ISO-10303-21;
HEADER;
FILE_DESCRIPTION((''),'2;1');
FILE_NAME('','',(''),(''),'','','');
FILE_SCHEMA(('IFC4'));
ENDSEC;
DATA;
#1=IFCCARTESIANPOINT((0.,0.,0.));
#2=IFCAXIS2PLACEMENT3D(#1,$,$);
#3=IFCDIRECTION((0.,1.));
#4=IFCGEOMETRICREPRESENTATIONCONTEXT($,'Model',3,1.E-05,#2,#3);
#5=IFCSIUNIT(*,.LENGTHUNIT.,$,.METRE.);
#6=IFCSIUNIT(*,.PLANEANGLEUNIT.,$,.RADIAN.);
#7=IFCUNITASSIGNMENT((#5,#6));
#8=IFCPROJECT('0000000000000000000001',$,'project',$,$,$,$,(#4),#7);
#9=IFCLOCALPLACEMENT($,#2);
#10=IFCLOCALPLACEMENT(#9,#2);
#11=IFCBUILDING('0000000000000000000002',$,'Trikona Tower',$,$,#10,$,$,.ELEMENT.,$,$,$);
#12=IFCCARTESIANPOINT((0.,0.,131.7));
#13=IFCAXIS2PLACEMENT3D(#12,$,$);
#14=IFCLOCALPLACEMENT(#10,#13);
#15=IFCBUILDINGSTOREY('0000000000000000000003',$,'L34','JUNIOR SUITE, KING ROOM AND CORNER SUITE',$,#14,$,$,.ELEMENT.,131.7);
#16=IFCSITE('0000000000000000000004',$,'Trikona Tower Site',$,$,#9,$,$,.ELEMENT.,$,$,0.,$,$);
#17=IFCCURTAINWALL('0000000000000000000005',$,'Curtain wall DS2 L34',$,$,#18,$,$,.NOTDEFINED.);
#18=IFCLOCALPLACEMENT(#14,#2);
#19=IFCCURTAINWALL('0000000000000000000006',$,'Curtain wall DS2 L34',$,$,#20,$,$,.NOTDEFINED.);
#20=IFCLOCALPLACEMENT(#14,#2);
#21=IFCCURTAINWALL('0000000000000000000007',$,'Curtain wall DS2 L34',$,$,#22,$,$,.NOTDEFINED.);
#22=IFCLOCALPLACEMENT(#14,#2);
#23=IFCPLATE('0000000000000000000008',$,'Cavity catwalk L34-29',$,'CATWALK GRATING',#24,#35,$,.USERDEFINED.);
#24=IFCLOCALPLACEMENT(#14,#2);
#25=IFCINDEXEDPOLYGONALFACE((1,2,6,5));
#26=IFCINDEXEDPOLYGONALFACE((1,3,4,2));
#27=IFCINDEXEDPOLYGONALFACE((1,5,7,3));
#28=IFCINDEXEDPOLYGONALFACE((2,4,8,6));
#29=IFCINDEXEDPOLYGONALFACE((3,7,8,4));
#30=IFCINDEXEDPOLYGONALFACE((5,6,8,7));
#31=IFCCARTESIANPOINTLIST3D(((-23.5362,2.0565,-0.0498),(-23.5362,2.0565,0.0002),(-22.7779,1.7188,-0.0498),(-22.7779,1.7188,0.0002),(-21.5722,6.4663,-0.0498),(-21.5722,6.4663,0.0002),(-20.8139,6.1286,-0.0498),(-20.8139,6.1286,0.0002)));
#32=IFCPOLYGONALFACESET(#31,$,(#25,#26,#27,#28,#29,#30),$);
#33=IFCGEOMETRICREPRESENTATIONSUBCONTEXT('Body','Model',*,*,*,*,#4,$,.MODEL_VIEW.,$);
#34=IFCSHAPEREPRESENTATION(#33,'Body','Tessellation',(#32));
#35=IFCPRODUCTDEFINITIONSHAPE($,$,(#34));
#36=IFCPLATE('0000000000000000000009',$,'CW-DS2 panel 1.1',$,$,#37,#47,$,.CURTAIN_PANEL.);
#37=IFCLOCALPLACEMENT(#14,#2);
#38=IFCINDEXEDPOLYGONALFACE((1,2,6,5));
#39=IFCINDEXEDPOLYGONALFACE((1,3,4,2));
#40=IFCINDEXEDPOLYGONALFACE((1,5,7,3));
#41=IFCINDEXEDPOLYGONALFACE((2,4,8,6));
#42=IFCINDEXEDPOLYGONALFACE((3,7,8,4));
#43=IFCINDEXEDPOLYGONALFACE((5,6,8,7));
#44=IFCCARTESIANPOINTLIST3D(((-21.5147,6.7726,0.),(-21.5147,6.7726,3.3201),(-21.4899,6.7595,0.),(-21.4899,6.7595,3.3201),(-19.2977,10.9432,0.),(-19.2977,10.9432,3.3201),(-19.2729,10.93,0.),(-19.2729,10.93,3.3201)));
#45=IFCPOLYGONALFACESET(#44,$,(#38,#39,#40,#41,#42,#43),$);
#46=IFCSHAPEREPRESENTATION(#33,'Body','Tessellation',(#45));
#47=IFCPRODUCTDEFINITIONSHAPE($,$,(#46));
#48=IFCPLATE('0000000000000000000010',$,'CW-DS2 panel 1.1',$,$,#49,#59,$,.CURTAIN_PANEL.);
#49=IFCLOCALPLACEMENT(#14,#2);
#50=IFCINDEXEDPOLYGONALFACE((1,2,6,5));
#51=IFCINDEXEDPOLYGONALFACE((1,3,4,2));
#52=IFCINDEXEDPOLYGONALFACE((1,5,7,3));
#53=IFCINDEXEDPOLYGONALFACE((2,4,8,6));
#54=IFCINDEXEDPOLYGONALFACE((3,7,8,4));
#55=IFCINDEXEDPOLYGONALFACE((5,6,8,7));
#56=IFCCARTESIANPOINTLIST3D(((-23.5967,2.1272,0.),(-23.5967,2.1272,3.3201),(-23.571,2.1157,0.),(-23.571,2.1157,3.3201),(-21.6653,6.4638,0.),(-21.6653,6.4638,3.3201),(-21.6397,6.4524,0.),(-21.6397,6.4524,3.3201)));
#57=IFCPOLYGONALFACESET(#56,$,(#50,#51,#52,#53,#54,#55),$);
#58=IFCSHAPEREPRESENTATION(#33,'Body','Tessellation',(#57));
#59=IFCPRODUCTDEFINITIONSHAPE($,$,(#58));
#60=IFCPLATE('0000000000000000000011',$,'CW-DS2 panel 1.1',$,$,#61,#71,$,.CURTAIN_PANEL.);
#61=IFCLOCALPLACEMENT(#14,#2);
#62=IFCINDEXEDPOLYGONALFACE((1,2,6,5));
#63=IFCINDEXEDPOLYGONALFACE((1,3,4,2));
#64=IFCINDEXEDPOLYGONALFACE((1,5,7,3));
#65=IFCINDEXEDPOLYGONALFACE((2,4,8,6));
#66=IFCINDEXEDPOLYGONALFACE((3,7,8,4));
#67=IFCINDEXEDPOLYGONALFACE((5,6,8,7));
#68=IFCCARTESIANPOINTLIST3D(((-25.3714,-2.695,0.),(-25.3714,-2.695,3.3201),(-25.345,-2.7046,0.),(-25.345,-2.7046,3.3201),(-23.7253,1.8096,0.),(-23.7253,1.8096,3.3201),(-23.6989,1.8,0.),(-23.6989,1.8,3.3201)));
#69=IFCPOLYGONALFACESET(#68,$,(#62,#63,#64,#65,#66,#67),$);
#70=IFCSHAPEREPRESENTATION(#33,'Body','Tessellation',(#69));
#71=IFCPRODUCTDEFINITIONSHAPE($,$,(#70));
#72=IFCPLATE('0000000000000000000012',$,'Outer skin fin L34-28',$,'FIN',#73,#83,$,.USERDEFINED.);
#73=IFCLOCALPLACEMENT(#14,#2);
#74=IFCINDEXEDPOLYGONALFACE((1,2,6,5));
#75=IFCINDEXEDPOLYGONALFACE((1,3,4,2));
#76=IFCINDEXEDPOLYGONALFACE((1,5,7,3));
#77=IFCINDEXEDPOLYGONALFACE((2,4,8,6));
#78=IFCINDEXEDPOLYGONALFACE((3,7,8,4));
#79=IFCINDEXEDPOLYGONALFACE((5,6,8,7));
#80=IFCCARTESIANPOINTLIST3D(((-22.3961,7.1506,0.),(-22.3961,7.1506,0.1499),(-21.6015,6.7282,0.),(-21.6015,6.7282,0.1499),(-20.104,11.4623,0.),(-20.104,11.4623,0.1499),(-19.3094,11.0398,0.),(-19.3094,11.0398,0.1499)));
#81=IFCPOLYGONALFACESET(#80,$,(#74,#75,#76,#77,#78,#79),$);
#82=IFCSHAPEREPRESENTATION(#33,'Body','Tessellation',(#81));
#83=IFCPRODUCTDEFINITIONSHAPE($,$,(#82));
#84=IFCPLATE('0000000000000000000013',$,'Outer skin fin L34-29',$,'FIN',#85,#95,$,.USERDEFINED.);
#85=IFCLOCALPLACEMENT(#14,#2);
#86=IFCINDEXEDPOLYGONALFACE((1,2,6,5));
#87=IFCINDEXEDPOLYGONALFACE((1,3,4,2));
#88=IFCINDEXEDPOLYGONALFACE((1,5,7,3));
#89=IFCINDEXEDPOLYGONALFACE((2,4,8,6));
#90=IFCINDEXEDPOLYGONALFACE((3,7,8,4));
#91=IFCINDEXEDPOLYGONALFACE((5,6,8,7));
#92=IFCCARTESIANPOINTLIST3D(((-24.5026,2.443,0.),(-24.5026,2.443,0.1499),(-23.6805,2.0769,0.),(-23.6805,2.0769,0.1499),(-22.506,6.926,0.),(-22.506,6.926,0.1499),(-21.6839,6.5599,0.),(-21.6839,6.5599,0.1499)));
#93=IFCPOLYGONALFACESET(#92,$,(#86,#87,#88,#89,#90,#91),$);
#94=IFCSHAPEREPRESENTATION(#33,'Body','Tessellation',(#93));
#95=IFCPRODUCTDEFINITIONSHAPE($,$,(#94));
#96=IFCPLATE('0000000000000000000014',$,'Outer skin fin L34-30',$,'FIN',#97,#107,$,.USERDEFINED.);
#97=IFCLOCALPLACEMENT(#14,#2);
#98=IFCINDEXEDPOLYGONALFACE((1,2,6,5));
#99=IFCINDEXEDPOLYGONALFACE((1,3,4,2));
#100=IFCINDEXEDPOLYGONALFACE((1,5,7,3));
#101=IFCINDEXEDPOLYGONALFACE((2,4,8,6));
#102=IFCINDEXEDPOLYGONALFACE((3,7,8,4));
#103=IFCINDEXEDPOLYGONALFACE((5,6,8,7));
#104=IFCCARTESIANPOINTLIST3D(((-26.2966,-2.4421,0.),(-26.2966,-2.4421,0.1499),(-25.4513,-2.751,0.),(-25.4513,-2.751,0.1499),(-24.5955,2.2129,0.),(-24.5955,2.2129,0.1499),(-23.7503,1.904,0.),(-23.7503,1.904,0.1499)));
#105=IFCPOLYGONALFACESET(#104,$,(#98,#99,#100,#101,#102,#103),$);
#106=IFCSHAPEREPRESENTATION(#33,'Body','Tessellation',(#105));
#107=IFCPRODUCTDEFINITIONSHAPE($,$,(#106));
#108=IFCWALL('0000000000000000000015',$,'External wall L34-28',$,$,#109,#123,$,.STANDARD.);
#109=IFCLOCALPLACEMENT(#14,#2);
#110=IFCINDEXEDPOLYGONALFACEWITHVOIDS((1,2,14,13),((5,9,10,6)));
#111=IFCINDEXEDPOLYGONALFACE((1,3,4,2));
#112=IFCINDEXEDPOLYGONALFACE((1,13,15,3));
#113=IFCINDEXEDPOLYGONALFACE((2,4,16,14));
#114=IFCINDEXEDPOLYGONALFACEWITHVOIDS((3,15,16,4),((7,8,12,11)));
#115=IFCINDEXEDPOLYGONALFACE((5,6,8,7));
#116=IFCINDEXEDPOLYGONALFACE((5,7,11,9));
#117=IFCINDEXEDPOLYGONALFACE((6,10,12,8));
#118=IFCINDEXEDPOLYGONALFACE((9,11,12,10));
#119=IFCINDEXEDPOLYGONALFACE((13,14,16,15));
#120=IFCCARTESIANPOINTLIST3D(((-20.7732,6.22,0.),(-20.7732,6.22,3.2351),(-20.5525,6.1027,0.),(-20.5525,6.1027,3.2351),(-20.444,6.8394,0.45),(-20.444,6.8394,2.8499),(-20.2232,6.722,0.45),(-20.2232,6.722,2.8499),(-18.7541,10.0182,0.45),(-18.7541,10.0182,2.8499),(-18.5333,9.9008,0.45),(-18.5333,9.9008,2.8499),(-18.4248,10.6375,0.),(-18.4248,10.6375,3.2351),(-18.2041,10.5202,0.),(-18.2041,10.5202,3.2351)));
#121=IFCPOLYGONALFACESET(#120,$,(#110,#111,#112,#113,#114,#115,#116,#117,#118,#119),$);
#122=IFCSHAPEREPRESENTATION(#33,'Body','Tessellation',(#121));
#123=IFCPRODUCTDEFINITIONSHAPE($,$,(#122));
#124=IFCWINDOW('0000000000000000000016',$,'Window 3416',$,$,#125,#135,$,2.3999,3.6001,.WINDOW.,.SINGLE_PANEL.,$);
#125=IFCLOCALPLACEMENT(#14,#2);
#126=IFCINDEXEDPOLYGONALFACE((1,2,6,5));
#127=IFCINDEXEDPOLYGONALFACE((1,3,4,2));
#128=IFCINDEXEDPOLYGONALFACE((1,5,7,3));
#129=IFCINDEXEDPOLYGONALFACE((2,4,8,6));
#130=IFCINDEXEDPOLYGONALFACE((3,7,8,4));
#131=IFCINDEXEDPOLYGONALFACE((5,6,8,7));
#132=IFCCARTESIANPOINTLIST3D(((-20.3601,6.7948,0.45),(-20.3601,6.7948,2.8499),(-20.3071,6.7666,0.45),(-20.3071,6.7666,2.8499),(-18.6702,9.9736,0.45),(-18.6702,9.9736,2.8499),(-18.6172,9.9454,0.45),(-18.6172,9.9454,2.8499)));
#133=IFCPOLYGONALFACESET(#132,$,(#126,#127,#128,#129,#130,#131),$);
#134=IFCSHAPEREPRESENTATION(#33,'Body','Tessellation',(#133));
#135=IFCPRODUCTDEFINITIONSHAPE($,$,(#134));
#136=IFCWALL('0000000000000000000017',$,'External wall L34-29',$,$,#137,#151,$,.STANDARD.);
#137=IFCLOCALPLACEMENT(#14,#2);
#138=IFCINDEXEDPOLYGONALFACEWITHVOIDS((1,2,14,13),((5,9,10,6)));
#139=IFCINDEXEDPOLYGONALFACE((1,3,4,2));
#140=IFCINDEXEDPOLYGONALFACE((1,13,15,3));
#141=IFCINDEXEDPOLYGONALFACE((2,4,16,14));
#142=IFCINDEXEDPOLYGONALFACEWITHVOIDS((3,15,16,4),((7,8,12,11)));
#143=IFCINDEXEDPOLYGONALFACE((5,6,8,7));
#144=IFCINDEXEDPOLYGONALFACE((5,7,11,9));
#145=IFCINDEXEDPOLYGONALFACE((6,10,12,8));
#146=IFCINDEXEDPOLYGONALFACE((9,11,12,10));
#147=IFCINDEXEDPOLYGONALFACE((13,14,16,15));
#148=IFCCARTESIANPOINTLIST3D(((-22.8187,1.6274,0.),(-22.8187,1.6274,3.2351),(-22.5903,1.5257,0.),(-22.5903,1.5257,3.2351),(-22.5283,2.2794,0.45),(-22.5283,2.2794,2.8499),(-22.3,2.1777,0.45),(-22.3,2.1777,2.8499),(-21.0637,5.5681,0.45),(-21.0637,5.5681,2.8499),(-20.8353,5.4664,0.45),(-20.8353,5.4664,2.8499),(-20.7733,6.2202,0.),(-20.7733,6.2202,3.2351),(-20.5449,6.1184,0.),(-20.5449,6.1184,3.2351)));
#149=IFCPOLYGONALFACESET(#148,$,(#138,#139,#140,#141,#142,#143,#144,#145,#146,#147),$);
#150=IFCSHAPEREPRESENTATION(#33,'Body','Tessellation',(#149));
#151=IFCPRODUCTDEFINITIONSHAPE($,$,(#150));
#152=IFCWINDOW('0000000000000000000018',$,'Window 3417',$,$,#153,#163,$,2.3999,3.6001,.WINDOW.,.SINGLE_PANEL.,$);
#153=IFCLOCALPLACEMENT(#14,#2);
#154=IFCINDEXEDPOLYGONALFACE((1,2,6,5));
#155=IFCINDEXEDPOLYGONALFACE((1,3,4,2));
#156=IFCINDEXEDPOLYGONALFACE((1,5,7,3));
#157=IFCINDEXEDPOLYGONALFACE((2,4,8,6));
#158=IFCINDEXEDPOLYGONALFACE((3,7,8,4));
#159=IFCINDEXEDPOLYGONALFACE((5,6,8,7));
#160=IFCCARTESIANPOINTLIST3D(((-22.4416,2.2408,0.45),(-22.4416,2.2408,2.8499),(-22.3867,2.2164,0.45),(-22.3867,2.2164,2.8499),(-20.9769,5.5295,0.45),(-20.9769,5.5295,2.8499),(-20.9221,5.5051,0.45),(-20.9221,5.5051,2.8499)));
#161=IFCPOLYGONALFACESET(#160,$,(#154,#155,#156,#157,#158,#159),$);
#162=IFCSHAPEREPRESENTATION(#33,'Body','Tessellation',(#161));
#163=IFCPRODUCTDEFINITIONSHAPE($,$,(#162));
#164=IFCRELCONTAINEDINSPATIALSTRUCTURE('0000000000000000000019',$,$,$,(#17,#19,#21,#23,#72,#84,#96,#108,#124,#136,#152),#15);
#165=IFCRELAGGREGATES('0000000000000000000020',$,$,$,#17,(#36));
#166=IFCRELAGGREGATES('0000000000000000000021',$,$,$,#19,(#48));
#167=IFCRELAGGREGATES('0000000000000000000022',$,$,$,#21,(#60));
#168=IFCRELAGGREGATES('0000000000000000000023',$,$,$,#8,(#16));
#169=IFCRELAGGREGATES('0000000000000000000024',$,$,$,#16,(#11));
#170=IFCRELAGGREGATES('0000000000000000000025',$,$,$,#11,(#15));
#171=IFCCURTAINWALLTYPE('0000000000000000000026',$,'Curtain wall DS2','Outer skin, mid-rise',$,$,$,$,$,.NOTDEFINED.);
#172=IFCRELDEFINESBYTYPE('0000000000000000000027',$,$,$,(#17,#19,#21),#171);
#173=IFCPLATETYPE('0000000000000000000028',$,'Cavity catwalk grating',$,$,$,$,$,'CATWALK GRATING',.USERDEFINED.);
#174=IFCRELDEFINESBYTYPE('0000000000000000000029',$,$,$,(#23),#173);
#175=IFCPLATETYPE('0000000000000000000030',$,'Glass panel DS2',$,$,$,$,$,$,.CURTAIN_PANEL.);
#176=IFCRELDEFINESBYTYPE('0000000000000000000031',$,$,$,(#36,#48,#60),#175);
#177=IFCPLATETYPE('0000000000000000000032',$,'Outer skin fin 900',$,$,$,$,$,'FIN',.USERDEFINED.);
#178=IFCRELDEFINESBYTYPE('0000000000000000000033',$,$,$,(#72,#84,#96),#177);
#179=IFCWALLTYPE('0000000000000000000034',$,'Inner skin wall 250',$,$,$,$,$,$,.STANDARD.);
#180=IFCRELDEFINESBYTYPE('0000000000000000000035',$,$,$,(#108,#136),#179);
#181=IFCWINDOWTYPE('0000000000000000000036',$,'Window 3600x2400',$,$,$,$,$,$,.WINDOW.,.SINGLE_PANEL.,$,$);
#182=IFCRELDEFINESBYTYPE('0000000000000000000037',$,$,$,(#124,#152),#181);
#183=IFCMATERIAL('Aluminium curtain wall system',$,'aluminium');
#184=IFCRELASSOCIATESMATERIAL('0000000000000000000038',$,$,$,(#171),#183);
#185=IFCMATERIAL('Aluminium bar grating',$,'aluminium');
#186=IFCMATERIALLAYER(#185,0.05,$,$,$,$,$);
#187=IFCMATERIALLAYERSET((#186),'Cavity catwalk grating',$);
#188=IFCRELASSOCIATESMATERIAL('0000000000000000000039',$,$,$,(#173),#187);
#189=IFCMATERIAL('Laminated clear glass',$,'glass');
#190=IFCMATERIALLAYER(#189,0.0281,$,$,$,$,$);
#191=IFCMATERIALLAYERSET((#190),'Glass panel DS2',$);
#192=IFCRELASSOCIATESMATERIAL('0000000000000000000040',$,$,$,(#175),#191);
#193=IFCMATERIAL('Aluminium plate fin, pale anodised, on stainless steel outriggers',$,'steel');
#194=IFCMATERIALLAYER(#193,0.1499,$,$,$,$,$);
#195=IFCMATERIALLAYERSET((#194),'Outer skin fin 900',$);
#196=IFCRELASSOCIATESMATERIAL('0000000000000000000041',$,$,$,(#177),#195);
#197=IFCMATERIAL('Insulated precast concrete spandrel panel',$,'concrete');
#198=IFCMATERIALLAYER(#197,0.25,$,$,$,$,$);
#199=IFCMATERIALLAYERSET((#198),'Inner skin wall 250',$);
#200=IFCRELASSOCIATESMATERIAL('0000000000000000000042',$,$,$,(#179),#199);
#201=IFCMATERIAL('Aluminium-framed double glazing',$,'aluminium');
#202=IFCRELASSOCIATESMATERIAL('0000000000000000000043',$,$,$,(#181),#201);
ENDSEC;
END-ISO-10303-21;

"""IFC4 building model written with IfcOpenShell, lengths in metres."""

from ifc_helpers import new_model, si_unit, direction, frame, frame_2d, origin, origin_2d, place, context, subcontext, project, spatial, rectangle, extrude, material, layer, layer_set, type_object, element, fill, aggregate, save


model = new_model("IFC4")

# Units and contexts
model_context = context("Model", 3, precision=1e-05, world=origin(), true_north=direction((0.0, 1.0)))
body_context = subcontext(model_context, "Body", "Model", "MODEL_VIEW")
ifc_project = project(units=[si_unit("LENGTHUNIT", "METRE"), si_unit("PLANEANGLEUNIT", "RADIAN")], contexts=[model_context])

# Site, building, storey
site_placement = place(None, origin())
site = spatial("IfcSite", under=ifc_project, at=site_placement, Name="Trikona Tower Site", CompositionType="ELEMENT", RefElevation=0.0)
building_placement = place(site_placement, origin())
building = spatial("IfcBuilding", under=site, at=building_placement, Name="Trikona Tower", CompositionType="ELEMENT")
storey_placement = place(building_placement, frame((0.0, 0.0, 131.7)))
storey = spatial("IfcBuildingStorey", under=building, at=storey_placement, Name="L34", Description="JUNIOR SUITE, KING ROOM AND CORNER SUITE", CompositionType="ELEMENT", Elevation=131.7)

# Shared definitions
ifc_material_1 = material(Name="Aluminium curtain wall system", Category="aluminium")
curtain_wall_type = type_object("IfcCurtainWallType", Name="Curtain wall DS2", Description="Outer skin, mid-rise", PredefinedType="NOTDEFINED", material=ifc_material_1)

# Curtain walls
curtain_wall_1_placement = place(storey_placement, origin())
curtain_wall_1 = element("IfcCurtainWall", 1, at=curtain_wall_1_placement, inside=storey, type_object=curtain_wall_type, Name="Curtain wall DS2 L34", PredefinedType="NOTDEFINED")
curtain_wall_2_placement = place(storey_placement, origin())
curtain_wall_2 = element("IfcCurtainWall", 2, at=curtain_wall_2_placement, inside=storey, type_object=curtain_wall_type, Name="Curtain wall DS2 L34", PredefinedType="NOTDEFINED")

# Curtain wall
curtain_wall_3_placement = place(storey_placement, origin())
curtain_wall_3 = element("IfcCurtainWall", 3, at=curtain_wall_3_placement, inside=storey, type_object=curtain_wall_type, Name="Curtain wall DS2 L34", PredefinedType="NOTDEFINED")

# Plate
ifc_material_2 = material(Name="Aluminium bar grating", Category="aluminium")
ifc_layer_1 = layer(ifc_material_2, 0.05)
ifc_layer_set_1 = layer_set([ifc_layer_1], Name="Cavity catwalk grating")
plate_type_1 = type_object("IfcPlateType", Name="Cavity catwalk grating", ElementType="CATWALK GRATING", PredefinedType="USERDEFINED", material=ifc_layer_set_1)
plate_1_placement = place(storey_placement, frame((-22.175, 4.0925, -0.0498), z_axis=(0.0, 0.0, 1.0), x_axis=(-0.406843, -0.913498, 0.0)))
element("IfcPlate", 4, at=plate_1_placement, inside=storey, type_object=plate_type_1, Name="Cavity catwalk L34-29", ObjectType="CATWALK GRATING", PredefinedType="USERDEFINED", context=body_context, shape_type="SweptSolid", body=[
    extrude(rectangle(XDim=4.8274, YDim=0.8301, at=origin_2d()), origin(), (0.0, 0.0, 1.0), 0.05),
])

# Plates
ifc_material_3 = material(Name="Laminated clear glass", Category="glass")
ifc_layer_2 = layer(ifc_material_3, 0.0281)
ifc_layer_set_2 = layer_set([ifc_layer_2], Name="Glass panel DS2")
plate_type_2 = type_object("IfcPlateType", Name="Glass panel DS2", PredefinedType="CURTAIN_PANEL", material=ifc_layer_set_2)
plate_2_placement = place(storey_placement, frame((-20.3938, 8.8513, 0.0), z_axis=(0.0, 0.0, 1.0), x_axis=(-0.46938, -0.882996, 0.0)))
plate_2 = element("IfcPlate", 5, at=plate_2_placement, type_object=plate_type_2, Name="CW-DS2 panel 1.1", PredefinedType="CURTAIN_PANEL", context=body_context, shape_type="SweptSolid", body=[
    extrude(rectangle(XDim=4.7231, YDim=0.0281, at=origin_2d()), origin(), (0.0, 0.0, 1.0), 3.3201),
])
aggregate(curtain_wall_1, [plate_2])
plate_3_placement = place(storey_placement, frame((-22.6182, 4.2898, 0.0), z_axis=(0.0, 0.0, 1.0), x_axis=(-0.406836, -0.913501, 0.0)))
plate_3 = element("IfcPlate", 6, at=plate_3_placement, type_object=plate_type_2, Name="CW-DS2 panel 1.1", PredefinedType="CURTAIN_PANEL", context=body_context, shape_type="SweptSolid", body=[
    extrude(rectangle(XDim=4.7473, YDim=0.0281, at=origin_2d()), origin(), (0.0, 0.0, 1.0), 3.3201),
])
aggregate(curtain_wall_2, [plate_3])
plate_4_placement = place(storey_placement, frame((-24.5352, -0.4475, 0.0), z_axis=(0.0, 0.0, 1.0), x_axis=(-0.343223, -0.939254, 0.0)))
plate_4 = element("IfcPlate", 7, at=plate_4_placement, type_object=plate_type_2, Name="CW-DS2 panel 1.1", PredefinedType="CURTAIN_PANEL", context=body_context, shape_type="SweptSolid", body=[
    extrude(rectangle(XDim=4.7959, YDim=0.0281, at=origin_2d()), origin(), (0.0, 0.0, 1.0), 3.3201),
])
aggregate(curtain_wall_3, [plate_4])

# Plates
ifc_material_4 = material(Name="Aluminium plate fin, pale anodised, on stainless steel outriggers", Category="steel")
ifc_layer_3 = layer(ifc_material_4, 0.1499)
ifc_layer_set_3 = layer_set([ifc_layer_3], Name="Outer skin fin 900")
plate_type_3 = type_object("IfcPlateType", Name="Outer skin fin 900", ElementType="FIN", PredefinedType="USERDEFINED", material=ifc_layer_set_3)
plate_5_placement = place(storey_placement, frame((-20.8528, 9.0952, 0.0), z_axis=(0.0, 0.0, 1.0), x_axis=(-0.469398, -0.882987, 0.0)))
element("IfcPlate", 8, at=plate_5_placement, inside=storey, type_object=plate_type_3, Name="Outer skin fin L34-28", ObjectType="FIN", PredefinedType="USERDEFINED", context=body_context, shape_type="SweptSolid", body=[
    extrude(rectangle(XDim=4.8831, YDim=0.8999, at=origin_2d()), origin(), (0.0, 0.0, 1.0), 0.1499),
])
plate_6_placement = place(storey_placement, frame((-23.0933, 4.5015, 0.0), z_axis=(0.0, 0.0, 1.0), x_axis=(-0.406843, -0.913498, 0.0)))
element("IfcPlate", 9, at=plate_6_placement, inside=storey, type_object=plate_type_3, Name="Outer skin fin L34-29", ObjectType="FIN", PredefinedType="USERDEFINED", context=body_context, shape_type="SweptSolid", body=[
    extrude(rectangle(XDim=4.9075, YDim=0.8999, at=origin_2d()), origin(), (0.0, 0.0, 1.0), 0.1499),
])
plate_7_placement = place(storey_placement, frame((-25.0234, -0.269, 0.0), z_axis=(0.0, 0.0, 1.0), x_axis=(-0.34322, -0.939255, 0.0)))
element("IfcPlate", 10, at=plate_7_placement, inside=storey, type_object=plate_type_3, Name="Outer skin fin L34-30", ObjectType="FIN", PredefinedType="USERDEFINED", context=body_context, shape_type="SweptSolid", body=[
    extrude(rectangle(XDim=4.9561, YDim=0.8999, at=origin_2d()), origin(), (0.0, 0.0, 1.0), 0.1499),
])

# Walls, openings, windows
ifc_material_5 = material(Name="Insulated precast concrete spandrel panel", Category="concrete")
ifc_layer_4 = layer(ifc_material_5, 0.25)
ifc_layer_set_4 = layer_set([ifc_layer_4], Name="Inner skin wall 250")
wall_type = type_object("IfcWallType", Name="Inner skin wall 250", PredefinedType="STANDARD", material=ifc_layer_set_4)
wall_1_placement = place(storey_placement, frame((-18.3145, 10.5789, 0.0), z_axis=(0.0, 0.0, 1.0), x_axis=(-0.469405, -0.882983, 0.0)))
wall_1 = element("IfcWall", 11, at=wall_1_placement, inside=storey, type_object=wall_type, Name="External wall L34-28", PredefinedType="STANDARD", context=body_context, shape_type="SweptSolid", body=[
    extrude(rectangle(XDim=5.0029, YDim=0.25, at=frame_2d((2.5015, 0.0))), origin(), (0.0, 0.0, 1.0), 3.2351),
])
opening_1_placement = place(wall_1_placement, frame((0.7014, 0.0, 0.45)))
opening_1 = element("IfcOpeningElement", 12, at=opening_1_placement, cuts=wall_1, PredefinedType="OPENING", context=body_context, shape_type="SweptSolid", body=[
    extrude(rectangle(XDim=3.6001, YDim=2.3999, at=frame_2d((1.8, 1.2))), frame((0.0, 0.135, 0.0), z_axis=(0.0, -1.0, 0.0), x_axis=(1.0, 0.0, 0.0)), (0.0, 0.0, 1.0), 0.27),
])
ifc_material_6 = material(Name="Aluminium-framed double glazing", Category="aluminium")
window_type = type_object("IfcWindowType", Name="Window 3600x2400", PartitioningType="SINGLE_PANEL", PredefinedType="WINDOW", material=ifc_material_6)
window_1_placement = place(opening_1_placement, origin())
window_1 = element("IfcWindow", 13, at=window_1_placement, inside=storey, type_object=window_type, Name="Window 3416", OverallHeight=2.3999, OverallWidth=3.6001, PartitioningType="SINGLE_PANEL", PredefinedType="WINDOW", context=body_context, shape_type="SweptSolid", body=[
    extrude(rectangle(XDim=3.6001, YDim=2.3999, at=frame_2d((1.8, 1.2))), frame((0.0, 0.03, 0.0), z_axis=(0.0, -1.0, 0.0), x_axis=(1.0, 0.0, 0.0)), (0.0, 0.0, 1.0), 0.0601),
])
fill(opening_1, window_1)
wall_2_placement = place(storey_placement, frame((-20.6592, 6.1692, 0.0), z_axis=(0.0, 0.0, 1.0), x_axis=(-0.406832, -0.913503, 0.0)))
wall_2 = element("IfcWall", 14, at=wall_2_placement, inside=storey, type_object=wall_type, Name="External wall L34-29", PredefinedType="STANDARD", context=body_context, shape_type="SweptSolid", body=[
    extrude(rectangle(XDim=5.0276, YDim=0.25, at=frame_2d((2.5137, 0.0))), origin(), (0.0, 0.0, 1.0), 3.2351),
])
opening_2_placement = place(wall_2_placement, frame((0.7136, 0.0, 0.45)))
opening_2 = element("IfcOpeningElement", 15, at=opening_2_placement, cuts=wall_2, PredefinedType="OPENING", context=body_context, shape_type="SweptSolid", body=[
    extrude(rectangle(XDim=3.6001, YDim=2.3999, at=frame_2d((1.8, 1.2))), frame((0.0, 0.135, 0.0), z_axis=(0.0, -1.0, 0.0), x_axis=(1.0, 0.0, 0.0)), (0.0, 0.0, 1.0), 0.27),
])
window_2_placement = place(opening_2_placement, origin())
window_2 = element("IfcWindow", 16, at=window_2_placement, inside=storey, type_object=window_type, Name="Window 3417", OverallHeight=2.3999, OverallWidth=3.6001, PartitioningType="SINGLE_PANEL", PredefinedType="WINDOW", context=body_context, shape_type="SweptSolid", body=[
    extrude(rectangle(XDim=3.6001, YDim=2.3999, at=frame_2d((1.8, 1.2))), frame((0.0, 0.03, 0.0), z_axis=(0.0, -1.0, 0.0), x_axis=(1.0, 0.0, 0.0)), (0.0, 0.0, 1.0), 0.0601),
])
fill(opening_2, window_2)

save(model, "model.ifc")
